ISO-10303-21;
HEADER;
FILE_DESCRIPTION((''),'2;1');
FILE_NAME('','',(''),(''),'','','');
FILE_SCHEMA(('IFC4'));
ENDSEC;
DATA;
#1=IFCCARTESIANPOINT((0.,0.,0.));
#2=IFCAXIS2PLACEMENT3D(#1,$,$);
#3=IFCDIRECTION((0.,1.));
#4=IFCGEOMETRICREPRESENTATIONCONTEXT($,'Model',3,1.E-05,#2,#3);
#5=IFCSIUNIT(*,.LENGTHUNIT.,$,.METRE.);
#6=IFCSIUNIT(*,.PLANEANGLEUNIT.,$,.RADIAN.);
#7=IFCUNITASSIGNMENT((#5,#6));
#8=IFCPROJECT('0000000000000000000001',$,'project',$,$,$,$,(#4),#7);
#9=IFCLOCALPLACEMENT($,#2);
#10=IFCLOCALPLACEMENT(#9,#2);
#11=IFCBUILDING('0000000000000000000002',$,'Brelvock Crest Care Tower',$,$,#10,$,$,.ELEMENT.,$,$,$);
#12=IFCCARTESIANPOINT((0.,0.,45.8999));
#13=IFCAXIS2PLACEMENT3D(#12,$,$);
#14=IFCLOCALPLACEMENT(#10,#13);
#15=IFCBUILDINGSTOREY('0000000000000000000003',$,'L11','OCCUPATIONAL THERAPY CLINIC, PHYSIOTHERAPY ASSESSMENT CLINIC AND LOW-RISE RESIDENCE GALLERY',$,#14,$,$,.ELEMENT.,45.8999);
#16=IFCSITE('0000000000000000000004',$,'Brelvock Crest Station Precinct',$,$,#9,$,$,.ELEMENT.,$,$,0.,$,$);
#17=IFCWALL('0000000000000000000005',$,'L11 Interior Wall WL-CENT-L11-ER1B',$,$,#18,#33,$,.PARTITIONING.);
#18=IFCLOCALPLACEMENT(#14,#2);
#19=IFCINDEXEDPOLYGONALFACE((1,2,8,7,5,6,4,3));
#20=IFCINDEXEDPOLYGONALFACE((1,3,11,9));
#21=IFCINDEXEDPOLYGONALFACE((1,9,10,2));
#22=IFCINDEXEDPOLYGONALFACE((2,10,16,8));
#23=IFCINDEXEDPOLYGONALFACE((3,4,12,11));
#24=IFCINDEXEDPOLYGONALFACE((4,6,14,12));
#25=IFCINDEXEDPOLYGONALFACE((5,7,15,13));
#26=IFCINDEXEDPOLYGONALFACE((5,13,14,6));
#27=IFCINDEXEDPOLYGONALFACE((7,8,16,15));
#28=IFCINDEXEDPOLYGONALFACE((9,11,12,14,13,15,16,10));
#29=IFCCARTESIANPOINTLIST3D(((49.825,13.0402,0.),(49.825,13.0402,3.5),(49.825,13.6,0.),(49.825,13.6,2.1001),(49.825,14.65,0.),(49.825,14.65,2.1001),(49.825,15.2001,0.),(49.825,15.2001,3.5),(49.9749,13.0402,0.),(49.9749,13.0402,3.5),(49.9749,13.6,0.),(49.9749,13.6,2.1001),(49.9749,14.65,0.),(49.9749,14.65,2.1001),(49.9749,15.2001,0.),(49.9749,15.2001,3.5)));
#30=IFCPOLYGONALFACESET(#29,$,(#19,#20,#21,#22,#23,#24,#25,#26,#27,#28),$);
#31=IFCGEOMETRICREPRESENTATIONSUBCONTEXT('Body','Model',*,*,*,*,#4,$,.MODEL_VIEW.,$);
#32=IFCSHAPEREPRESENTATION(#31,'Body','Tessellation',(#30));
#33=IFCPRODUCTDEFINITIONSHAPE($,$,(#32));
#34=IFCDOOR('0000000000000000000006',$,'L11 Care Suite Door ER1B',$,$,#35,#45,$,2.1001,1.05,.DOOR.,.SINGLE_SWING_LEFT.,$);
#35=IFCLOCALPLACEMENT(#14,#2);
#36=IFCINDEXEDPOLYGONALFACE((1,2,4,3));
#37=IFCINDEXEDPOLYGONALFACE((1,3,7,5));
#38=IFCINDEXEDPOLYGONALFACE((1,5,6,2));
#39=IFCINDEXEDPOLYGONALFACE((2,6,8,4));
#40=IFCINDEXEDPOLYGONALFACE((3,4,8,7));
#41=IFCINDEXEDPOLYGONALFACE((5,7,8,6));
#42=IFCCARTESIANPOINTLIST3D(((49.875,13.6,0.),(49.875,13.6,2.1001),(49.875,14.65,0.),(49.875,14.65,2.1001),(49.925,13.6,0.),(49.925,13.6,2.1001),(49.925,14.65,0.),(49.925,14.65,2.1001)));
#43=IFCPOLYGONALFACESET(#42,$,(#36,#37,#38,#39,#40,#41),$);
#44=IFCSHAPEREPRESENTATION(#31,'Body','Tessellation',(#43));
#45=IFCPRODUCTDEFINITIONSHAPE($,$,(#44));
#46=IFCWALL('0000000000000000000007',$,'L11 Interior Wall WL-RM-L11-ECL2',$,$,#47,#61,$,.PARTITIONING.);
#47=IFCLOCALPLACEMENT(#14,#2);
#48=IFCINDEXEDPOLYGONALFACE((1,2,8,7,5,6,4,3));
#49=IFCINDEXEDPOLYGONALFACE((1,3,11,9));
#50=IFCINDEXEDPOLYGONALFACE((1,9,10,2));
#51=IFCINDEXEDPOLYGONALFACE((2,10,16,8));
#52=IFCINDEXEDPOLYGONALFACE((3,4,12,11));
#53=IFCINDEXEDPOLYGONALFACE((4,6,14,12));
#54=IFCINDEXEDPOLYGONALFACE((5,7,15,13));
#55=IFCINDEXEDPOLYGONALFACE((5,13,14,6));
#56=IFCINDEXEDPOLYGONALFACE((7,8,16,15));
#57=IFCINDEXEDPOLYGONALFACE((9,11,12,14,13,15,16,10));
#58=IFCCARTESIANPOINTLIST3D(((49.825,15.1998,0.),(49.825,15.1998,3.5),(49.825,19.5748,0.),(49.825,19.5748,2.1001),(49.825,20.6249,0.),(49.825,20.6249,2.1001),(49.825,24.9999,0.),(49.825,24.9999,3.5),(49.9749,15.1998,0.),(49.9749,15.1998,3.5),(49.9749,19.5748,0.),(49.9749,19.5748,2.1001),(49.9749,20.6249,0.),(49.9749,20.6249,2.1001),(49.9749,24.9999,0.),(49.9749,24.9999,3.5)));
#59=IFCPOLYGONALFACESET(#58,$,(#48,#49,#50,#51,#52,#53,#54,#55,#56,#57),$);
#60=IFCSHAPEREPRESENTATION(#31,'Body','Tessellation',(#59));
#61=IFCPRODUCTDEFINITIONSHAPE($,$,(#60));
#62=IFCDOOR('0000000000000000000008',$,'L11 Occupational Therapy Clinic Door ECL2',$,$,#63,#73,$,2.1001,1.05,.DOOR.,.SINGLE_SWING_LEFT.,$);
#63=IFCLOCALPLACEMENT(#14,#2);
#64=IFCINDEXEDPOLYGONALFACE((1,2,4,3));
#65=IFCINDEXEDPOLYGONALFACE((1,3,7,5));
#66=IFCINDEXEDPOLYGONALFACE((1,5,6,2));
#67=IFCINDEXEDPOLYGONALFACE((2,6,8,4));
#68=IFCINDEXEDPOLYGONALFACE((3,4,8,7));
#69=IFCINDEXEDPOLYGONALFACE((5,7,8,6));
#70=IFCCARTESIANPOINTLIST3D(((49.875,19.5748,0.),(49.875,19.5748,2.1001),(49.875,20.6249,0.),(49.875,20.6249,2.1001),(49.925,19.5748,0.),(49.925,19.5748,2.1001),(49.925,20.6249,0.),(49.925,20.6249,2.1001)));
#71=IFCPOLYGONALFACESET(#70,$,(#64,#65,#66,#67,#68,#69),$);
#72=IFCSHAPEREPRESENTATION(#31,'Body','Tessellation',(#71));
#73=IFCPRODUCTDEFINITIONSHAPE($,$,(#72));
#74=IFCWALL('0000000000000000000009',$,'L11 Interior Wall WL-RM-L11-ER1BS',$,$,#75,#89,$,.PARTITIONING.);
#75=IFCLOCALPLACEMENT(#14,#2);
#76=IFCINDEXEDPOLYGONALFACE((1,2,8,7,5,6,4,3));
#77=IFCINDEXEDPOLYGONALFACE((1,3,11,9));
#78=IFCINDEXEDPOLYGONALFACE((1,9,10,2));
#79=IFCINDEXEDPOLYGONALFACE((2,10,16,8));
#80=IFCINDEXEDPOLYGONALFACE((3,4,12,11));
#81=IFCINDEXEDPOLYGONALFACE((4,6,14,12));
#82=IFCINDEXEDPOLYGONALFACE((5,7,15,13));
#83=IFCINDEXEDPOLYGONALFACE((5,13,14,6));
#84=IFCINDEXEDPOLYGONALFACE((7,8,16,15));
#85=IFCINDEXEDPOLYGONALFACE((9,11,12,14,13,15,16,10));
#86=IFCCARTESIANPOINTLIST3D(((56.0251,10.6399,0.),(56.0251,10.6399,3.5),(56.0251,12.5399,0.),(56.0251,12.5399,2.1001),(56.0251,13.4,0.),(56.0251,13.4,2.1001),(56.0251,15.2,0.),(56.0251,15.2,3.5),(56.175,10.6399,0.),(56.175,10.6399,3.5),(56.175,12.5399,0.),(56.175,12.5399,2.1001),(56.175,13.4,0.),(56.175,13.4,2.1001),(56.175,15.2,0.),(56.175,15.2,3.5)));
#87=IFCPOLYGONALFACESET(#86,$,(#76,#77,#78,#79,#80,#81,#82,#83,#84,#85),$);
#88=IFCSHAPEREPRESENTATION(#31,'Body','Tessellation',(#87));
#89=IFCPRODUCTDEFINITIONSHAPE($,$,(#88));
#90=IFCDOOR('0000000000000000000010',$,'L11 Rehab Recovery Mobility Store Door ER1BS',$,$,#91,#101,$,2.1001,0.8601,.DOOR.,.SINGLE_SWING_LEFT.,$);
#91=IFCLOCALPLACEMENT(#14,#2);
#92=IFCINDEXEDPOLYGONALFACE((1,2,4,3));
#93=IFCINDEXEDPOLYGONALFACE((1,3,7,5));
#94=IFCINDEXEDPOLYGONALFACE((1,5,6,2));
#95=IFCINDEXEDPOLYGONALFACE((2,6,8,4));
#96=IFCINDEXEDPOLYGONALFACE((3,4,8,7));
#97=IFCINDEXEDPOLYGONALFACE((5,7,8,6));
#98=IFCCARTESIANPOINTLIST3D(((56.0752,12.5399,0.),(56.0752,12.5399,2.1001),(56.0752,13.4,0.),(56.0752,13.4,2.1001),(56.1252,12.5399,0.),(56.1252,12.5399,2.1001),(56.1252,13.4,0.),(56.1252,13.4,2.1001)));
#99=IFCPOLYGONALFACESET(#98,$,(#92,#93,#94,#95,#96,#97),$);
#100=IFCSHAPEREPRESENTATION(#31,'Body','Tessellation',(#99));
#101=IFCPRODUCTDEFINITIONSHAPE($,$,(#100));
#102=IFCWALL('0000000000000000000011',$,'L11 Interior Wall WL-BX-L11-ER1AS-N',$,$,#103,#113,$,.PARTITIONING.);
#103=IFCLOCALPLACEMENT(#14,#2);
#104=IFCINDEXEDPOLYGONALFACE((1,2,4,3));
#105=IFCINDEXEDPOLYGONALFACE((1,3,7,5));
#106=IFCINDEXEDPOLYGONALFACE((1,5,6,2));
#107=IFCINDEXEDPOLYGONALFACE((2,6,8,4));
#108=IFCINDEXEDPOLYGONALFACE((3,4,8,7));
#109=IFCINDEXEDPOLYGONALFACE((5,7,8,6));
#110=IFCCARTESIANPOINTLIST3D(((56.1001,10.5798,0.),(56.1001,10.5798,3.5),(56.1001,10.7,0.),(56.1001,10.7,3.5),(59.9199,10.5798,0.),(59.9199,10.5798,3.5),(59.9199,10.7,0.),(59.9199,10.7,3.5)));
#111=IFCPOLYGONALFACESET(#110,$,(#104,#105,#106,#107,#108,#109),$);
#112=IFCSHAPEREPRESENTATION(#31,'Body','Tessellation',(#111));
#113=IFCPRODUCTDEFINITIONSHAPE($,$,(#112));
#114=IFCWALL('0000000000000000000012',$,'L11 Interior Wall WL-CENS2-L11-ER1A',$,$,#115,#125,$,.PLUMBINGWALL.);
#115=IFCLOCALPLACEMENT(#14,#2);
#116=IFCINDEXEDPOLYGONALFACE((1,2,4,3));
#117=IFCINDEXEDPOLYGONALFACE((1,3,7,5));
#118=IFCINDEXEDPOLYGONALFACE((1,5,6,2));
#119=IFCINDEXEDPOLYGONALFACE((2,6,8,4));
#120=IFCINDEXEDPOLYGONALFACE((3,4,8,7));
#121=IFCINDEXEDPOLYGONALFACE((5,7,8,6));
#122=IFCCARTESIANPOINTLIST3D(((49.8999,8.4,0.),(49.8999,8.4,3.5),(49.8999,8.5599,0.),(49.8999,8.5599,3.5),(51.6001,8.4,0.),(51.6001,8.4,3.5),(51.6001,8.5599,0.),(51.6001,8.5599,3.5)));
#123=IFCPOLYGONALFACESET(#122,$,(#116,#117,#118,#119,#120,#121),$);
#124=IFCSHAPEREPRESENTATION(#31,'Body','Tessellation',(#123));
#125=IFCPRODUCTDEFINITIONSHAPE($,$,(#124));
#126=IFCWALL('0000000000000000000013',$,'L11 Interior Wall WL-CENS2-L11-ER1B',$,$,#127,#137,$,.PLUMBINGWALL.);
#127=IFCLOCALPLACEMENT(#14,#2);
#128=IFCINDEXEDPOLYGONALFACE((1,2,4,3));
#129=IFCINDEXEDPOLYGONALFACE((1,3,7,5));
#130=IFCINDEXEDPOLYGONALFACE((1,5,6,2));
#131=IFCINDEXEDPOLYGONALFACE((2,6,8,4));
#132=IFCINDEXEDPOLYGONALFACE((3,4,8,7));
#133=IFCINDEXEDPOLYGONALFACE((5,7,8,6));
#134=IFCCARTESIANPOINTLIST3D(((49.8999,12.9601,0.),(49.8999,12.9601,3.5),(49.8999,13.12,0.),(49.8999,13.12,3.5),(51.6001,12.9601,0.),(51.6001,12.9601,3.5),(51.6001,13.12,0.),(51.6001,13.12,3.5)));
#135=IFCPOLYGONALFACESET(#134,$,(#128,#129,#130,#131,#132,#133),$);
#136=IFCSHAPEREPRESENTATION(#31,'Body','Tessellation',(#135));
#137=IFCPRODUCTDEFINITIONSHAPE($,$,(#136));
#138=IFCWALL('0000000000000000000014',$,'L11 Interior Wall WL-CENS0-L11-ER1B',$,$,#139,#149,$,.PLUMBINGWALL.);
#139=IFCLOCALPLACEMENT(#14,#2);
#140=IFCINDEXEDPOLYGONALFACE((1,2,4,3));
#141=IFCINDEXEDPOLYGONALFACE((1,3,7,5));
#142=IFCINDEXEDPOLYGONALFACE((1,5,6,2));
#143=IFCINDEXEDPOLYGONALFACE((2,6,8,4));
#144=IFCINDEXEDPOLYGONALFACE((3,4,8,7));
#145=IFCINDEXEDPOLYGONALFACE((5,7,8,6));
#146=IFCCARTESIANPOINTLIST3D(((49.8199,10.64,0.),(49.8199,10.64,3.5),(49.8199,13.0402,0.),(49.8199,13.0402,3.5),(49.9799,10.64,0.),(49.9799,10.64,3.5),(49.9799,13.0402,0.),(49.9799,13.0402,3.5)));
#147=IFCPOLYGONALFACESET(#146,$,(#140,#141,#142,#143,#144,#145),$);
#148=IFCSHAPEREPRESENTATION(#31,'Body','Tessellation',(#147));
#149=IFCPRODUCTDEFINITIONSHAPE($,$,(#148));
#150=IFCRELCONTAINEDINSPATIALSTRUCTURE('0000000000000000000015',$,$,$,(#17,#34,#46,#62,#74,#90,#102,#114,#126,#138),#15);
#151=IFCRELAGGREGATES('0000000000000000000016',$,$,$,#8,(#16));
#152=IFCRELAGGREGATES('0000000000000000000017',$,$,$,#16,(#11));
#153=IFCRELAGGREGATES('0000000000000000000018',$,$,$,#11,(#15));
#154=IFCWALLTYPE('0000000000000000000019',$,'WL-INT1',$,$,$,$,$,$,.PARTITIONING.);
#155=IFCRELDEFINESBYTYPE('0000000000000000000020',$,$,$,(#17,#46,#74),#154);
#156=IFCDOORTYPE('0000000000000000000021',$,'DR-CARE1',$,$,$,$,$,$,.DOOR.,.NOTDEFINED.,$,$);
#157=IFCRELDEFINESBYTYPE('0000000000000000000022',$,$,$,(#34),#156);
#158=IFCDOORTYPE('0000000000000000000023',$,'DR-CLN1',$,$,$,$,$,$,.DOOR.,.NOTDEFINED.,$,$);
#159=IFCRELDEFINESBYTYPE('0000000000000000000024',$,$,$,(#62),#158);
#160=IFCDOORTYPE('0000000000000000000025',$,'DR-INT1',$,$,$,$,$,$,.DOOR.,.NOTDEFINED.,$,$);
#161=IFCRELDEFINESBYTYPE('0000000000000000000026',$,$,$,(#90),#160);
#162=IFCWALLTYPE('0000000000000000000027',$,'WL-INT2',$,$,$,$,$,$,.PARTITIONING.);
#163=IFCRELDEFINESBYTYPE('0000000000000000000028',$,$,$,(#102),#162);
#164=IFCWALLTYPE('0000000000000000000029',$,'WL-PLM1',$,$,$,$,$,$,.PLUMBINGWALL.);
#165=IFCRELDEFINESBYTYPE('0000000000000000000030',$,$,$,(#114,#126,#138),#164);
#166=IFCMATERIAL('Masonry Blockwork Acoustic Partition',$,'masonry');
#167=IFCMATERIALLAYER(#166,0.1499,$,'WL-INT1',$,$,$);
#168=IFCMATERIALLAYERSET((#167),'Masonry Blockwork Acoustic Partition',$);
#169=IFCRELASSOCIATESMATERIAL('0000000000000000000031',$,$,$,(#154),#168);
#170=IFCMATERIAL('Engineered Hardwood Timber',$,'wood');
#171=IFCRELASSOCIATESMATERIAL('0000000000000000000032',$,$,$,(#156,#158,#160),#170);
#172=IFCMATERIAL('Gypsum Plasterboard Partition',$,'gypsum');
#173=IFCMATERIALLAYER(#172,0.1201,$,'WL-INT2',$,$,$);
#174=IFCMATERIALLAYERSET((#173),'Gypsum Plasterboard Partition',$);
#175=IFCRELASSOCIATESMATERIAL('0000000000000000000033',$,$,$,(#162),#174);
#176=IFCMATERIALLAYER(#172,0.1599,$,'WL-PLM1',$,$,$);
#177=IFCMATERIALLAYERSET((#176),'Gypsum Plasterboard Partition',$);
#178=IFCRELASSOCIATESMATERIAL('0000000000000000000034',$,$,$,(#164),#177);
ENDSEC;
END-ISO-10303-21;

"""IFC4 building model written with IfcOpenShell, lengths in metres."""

from ifc_helpers import new_model, si_unit, direction, frame, frame_2d, origin, origin_2d, place, context, subcontext, project, spatial, rectangle, extrude, source, transform, mapped, material, layer, layer_set, type_object, element, fill, save


model = new_model("IFC4")

# Units and contexts
model_context = context("Model", 3, precision=1e-05, world=origin(), true_north=direction((0.0, 1.0)))
body_context = subcontext(model_context, "Body", "Model", "MODEL_VIEW")
ifc_project = project(units=[si_unit("LENGTHUNIT", "METRE"), si_unit("PLANEANGLEUNIT", "RADIAN")], contexts=[model_context])

# Site, building, storey
site_placement = place(None, origin())
site = spatial("IfcSite", under=ifc_project, at=site_placement, Name="Brelvock Crest Station Precinct", CompositionType="ELEMENT", RefElevation=0.0)
building_placement = place(site_placement, origin())
building = spatial("IfcBuilding", under=site, at=building_placement, Name="Brelvock Crest Care Tower", CompositionType="ELEMENT")
storey_placement = place(building_placement, frame((0.0, 0.0, 45.8999)))
storey = spatial("IfcBuildingStorey", under=building, at=storey_placement, Name="L11", Description="OCCUPATIONAL THERAPY CLINIC, PHYSIOTHERAPY ASSESSMENT CLINIC AND LOW-RISE RESIDENCE GALLERY", CompositionType="ELEMENT", Elevation=45.8999)

# Shared definitions
ifc_material_1 = material(Name="Masonry Blockwork Acoustic Partition", Category="masonry")
ifc_layer_1 = layer(ifc_material_1, 0.1499, Name="WL-INT1")
ifc_layer_set_1 = layer_set([ifc_layer_1], Name="Masonry Blockwork Acoustic Partition")
wall_type_1 = type_object("IfcWallType", Name="WL-INT1", PredefinedType="PARTITIONING", material=ifc_layer_set_1)

# Walls, openings, doors
ifc_material_2 = material(Name="Engineered Hardwood Timber", Category="wood")
door_type_1 = type_object("IfcDoorType", Name="DR-CARE1", OperationType="NOTDEFINED", PredefinedType="DOOR", material=ifc_material_2)
shared_shape_1 = source(origin(), body_context, "Body", "SweptSolid", [
    extrude(rectangle(XDim=1.05, YDim=2.1001, at=origin_2d()), frame((0.5249, 0.0249, 1.05), z_axis=(0.0, -1.0, 0.0), x_axis=(1.0, 0.0, 0.0)), (0.0, 0.0, 1.0), 0.05),
])
wall_1_placement = place(storey_placement, frame((49.8999, 13.04, 0.0), z_axis=(0.0, 0.0, 1.0), x_axis=(0.0, 1.0, 0.0)))
wall_1 = element("IfcWall", 1, at=wall_1_placement, inside=storey, type_object=wall_type_1, Name="L11 Interior Wall WL-CENT-L11-ER1B", PredefinedType="PARTITIONING", context=body_context, shape_type="SweptSolid", body=[
    extrude(rectangle(XDim=2.1599, YDim=0.1499, at=frame_2d((1.0801, 0.0))), origin(), (0.0, 0.0, 1.0), 3.5),
])
opening_1_placement = place(wall_1_placement, frame((0.5601, 0.0, 0.0)))
opening_1 = element("IfcOpeningElement", 2, at=opening_1_placement, cuts=wall_1, PredefinedType="OPENING", context=body_context, shape_type="SweptSolid", body=[
    extrude(rectangle(XDim=1.05, YDim=2.1001, at=origin_2d()), frame((0.5249, 0.085, 1.05), z_axis=(0.0, -1.0, 0.0), x_axis=(1.0, 0.0, 0.0)), (0.0, 0.0, 1.0), 0.1699),
])
door_1_placement = place(opening_1_placement, origin())
door_1 = element("IfcDoor", 3, at=door_1_placement, inside=storey, type_object=door_type_1, Name="L11 Care Suite Door ER1B", OperationType="SINGLE_SWING_LEFT", OverallHeight=2.1001, OverallWidth=1.05, PredefinedType="DOOR", context=body_context, shape_type="MappedRepresentation", body=[
    mapped(shared_shape_1, transform((0.0, 0.0, 0.0), x_axis=(1.0, 0.0, 0.0), y_axis=(0.0, 1.0, 0.0), z_axis=(0.0, 0.0, 1.0), scale=1.0)),
])
fill(opening_1, door_1)
wall_2_placement = place(storey_placement, frame((49.8999, 15.2, 0.0), z_axis=(0.0, 0.0, 1.0), x_axis=(0.0, 1.0, 0.0)))
wall_2 = element("IfcWall", 4, at=wall_2_placement, inside=storey, type_object=wall_type_1, Name="L11 Interior Wall WL-RM-L11-ECL2", PredefinedType="PARTITIONING", context=body_context, shape_type="SweptSolid", body=[
    extrude(rectangle(XDim=9.8, YDim=0.1499, at=frame_2d((4.8999, 0.0))), origin(), (0.0, 0.0, 1.0), 3.5),
])
opening_2_placement = place(wall_2_placement, frame((4.375, 0.0, 0.0)))
opening_2 = element("IfcOpeningElement", 5, at=opening_2_placement, cuts=wall_2, PredefinedType="OPENING", context=body_context, shape_type="SweptSolid", body=[
    extrude(rectangle(XDim=1.05, YDim=2.1001, at=origin_2d()), frame((0.5249, 0.085, 1.05), z_axis=(0.0, -1.0, 0.0), x_axis=(1.0, 0.0, 0.0)), (0.0, 0.0, 1.0), 0.1699),
])
door_type_2 = type_object("IfcDoorType", Name="DR-CLN1", OperationType="NOTDEFINED", PredefinedType="DOOR", material=ifc_material_2)
shared_shape_2 = source(origin(), body_context, "Body", "SweptSolid", [
    extrude(rectangle(XDim=1.05, YDim=2.1001, at=origin_2d()), frame((0.5249, 0.0249, 1.05), z_axis=(0.0, -1.0, 0.0), x_axis=(1.0, 0.0, 0.0)), (0.0, 0.0, 1.0), 0.05),
])
door_2_placement = place(opening_2_placement, origin())
door_2 = element("IfcDoor", 6, at=door_2_placement, inside=storey, type_object=door_type_2, Name="L11 Occupational Therapy Clinic Door ECL2", OperationType="SINGLE_SWING_LEFT", OverallHeight=2.1001, OverallWidth=1.05, PredefinedType="DOOR", context=body_context, shape_type="MappedRepresentation", body=[
    mapped(shared_shape_2, transform((0.0, 0.0, 0.0), x_axis=(1.0, 0.0, 0.0), y_axis=(0.0, 1.0, 0.0), z_axis=(0.0, 0.0, 1.0), scale=1.0)),
])
fill(opening_2, door_2)
wall_3_placement = place(storey_placement, frame((56.1001, 10.6399, 0.0), z_axis=(0.0, 0.0, 1.0), x_axis=(0.0, 1.0, 0.0)))
wall_3 = element("IfcWall", 7, at=wall_3_placement, inside=storey, type_object=wall_type_1, Name="L11 Interior Wall WL-RM-L11-ER1BS", PredefinedType="PARTITIONING", context=body_context, shape_type="SweptSolid", body=[
    extrude(rectangle(XDim=4.5601, YDim=0.1499, at=frame_2d((2.28, 0.0))), origin(), (0.0, 0.0, 1.0), 3.5),
])
opening_3_placement = place(wall_3_placement, frame((1.8999, 0.0, 0.0)))
opening_3 = element("IfcOpeningElement", 8, at=opening_3_placement, cuts=wall_3, PredefinedType="OPENING", context=body_context, shape_type="SweptSolid", body=[
    extrude(rectangle(XDim=0.8601, YDim=2.1001, at=origin_2d()), frame((0.4302, 0.085, 1.05), z_axis=(0.0, -1.0, 0.0), x_axis=(1.0, 0.0, 0.0)), (0.0, 0.0, 1.0), 0.1699),
])
door_type_3 = type_object("IfcDoorType", Name="DR-INT1", OperationType="NOTDEFINED", PredefinedType="DOOR", material=ifc_material_2)
shared_shape_3 = source(origin(), body_context, "Body", "SweptSolid", [
    extrude(rectangle(XDim=0.8601, YDim=2.1001, at=origin_2d()), frame((0.4302, 0.0249, 1.05), z_axis=(0.0, -1.0, 0.0), x_axis=(1.0, 0.0, 0.0)), (0.0, 0.0, 1.0), 0.05),
])
door_3_placement = place(opening_3_placement, origin())
door_3 = element("IfcDoor", 9, at=door_3_placement, inside=storey, type_object=door_type_3, Name="L11 Rehab Recovery Mobility Store Door ER1BS", OperationType="SINGLE_SWING_LEFT", OverallHeight=2.1001, OverallWidth=0.8601, PredefinedType="DOOR", context=body_context, shape_type="MappedRepresentation", body=[
    mapped(shared_shape_3, transform((0.0, 0.0, 0.0), x_axis=(1.0, 0.0, 0.0), y_axis=(0.0, 1.0, 0.0), z_axis=(0.0, 0.0, 1.0), scale=1.0)),
])
fill(opening_3, door_3)

# Walls
ifc_material_3 = material(Name="Gypsum Plasterboard Partition", Category="gypsum")
ifc_layer_2 = layer(ifc_material_3, 0.1201, Name="WL-INT2")
ifc_layer_set_2 = layer_set([ifc_layer_2], Name="Gypsum Plasterboard Partition")
wall_type_2 = type_object("IfcWallType", Name="WL-INT2", PredefinedType="PARTITIONING", material=ifc_layer_set_2)
wall_4_placement = place(storey_placement, frame((56.1001, 10.6399, 0.0), z_axis=(0.0, 0.0, 1.0), x_axis=(1.0, 0.0, 0.0)))
element("IfcWall", 10, at=wall_4_placement, inside=storey, type_object=wall_type_2, Name="L11 Interior Wall WL-BX-L11-ER1AS-N", PredefinedType="PARTITIONING", context=body_context, shape_type="SweptSolid", body=[
    extrude(rectangle(XDim=3.8198, YDim=0.1201, at=frame_2d((1.9099, 0.0))), origin(), (0.0, 0.0, 1.0), 3.5),
])
ifc_layer_3 = layer(ifc_material_3, 0.1599, Name="WL-PLM1")
ifc_layer_set_3 = layer_set([ifc_layer_3], Name="Gypsum Plasterboard Partition")
wall_type_3 = type_object("IfcWallType", Name="WL-PLM1", PredefinedType="PLUMBINGWALL", material=ifc_layer_set_3)
for number, where, z_axis, x_axis, name in (
    (11, (49.8999, 8.48, 0.0), (0.0, 0.0, 1.0), (1.0, 0.0, 0.0), "L11 Interior Wall WL-CENS2-L11-ER1A"),
    (12, (49.8999, 13.04, 0.0), (0.0, 0.0, 1.0), (1.0, 0.0, 0.0), "L11 Interior Wall WL-CENS2-L11-ER1B"),
):
    element("IfcWall", number, at=place(storey_placement, frame(where, z_axis=z_axis, x_axis=x_axis)), inside=storey, type_object=wall_type_3, Name=name, PredefinedType="PLUMBINGWALL", context=body_context, shape_type="SweptSolid", body=[
        extrude(rectangle(XDim=1.7002, YDim=0.1599, at=frame_2d((0.8501, 0.0))), origin(), (0.0, 0.0, 1.0), 3.5),
    ])
wall_5_placement = place(storey_placement, frame((49.8999, 10.6399, 0.0), z_axis=(0.0, 0.0, 1.0), x_axis=(0.0, 1.0, 0.0)))
element("IfcWall", 13, at=wall_5_placement, inside=storey, type_object=wall_type_3, Name="L11 Interior Wall WL-CENS0-L11-ER1B", PredefinedType="PLUMBINGWALL", context=body_context, shape_type="SweptSolid", body=[
    extrude(rectangle(XDim=2.4001, YDim=0.1599, at=frame_2d((1.2002, 0.0))), origin(), (0.0, 0.0, 1.0), 3.5),
])

save(model, "model.ifc")
